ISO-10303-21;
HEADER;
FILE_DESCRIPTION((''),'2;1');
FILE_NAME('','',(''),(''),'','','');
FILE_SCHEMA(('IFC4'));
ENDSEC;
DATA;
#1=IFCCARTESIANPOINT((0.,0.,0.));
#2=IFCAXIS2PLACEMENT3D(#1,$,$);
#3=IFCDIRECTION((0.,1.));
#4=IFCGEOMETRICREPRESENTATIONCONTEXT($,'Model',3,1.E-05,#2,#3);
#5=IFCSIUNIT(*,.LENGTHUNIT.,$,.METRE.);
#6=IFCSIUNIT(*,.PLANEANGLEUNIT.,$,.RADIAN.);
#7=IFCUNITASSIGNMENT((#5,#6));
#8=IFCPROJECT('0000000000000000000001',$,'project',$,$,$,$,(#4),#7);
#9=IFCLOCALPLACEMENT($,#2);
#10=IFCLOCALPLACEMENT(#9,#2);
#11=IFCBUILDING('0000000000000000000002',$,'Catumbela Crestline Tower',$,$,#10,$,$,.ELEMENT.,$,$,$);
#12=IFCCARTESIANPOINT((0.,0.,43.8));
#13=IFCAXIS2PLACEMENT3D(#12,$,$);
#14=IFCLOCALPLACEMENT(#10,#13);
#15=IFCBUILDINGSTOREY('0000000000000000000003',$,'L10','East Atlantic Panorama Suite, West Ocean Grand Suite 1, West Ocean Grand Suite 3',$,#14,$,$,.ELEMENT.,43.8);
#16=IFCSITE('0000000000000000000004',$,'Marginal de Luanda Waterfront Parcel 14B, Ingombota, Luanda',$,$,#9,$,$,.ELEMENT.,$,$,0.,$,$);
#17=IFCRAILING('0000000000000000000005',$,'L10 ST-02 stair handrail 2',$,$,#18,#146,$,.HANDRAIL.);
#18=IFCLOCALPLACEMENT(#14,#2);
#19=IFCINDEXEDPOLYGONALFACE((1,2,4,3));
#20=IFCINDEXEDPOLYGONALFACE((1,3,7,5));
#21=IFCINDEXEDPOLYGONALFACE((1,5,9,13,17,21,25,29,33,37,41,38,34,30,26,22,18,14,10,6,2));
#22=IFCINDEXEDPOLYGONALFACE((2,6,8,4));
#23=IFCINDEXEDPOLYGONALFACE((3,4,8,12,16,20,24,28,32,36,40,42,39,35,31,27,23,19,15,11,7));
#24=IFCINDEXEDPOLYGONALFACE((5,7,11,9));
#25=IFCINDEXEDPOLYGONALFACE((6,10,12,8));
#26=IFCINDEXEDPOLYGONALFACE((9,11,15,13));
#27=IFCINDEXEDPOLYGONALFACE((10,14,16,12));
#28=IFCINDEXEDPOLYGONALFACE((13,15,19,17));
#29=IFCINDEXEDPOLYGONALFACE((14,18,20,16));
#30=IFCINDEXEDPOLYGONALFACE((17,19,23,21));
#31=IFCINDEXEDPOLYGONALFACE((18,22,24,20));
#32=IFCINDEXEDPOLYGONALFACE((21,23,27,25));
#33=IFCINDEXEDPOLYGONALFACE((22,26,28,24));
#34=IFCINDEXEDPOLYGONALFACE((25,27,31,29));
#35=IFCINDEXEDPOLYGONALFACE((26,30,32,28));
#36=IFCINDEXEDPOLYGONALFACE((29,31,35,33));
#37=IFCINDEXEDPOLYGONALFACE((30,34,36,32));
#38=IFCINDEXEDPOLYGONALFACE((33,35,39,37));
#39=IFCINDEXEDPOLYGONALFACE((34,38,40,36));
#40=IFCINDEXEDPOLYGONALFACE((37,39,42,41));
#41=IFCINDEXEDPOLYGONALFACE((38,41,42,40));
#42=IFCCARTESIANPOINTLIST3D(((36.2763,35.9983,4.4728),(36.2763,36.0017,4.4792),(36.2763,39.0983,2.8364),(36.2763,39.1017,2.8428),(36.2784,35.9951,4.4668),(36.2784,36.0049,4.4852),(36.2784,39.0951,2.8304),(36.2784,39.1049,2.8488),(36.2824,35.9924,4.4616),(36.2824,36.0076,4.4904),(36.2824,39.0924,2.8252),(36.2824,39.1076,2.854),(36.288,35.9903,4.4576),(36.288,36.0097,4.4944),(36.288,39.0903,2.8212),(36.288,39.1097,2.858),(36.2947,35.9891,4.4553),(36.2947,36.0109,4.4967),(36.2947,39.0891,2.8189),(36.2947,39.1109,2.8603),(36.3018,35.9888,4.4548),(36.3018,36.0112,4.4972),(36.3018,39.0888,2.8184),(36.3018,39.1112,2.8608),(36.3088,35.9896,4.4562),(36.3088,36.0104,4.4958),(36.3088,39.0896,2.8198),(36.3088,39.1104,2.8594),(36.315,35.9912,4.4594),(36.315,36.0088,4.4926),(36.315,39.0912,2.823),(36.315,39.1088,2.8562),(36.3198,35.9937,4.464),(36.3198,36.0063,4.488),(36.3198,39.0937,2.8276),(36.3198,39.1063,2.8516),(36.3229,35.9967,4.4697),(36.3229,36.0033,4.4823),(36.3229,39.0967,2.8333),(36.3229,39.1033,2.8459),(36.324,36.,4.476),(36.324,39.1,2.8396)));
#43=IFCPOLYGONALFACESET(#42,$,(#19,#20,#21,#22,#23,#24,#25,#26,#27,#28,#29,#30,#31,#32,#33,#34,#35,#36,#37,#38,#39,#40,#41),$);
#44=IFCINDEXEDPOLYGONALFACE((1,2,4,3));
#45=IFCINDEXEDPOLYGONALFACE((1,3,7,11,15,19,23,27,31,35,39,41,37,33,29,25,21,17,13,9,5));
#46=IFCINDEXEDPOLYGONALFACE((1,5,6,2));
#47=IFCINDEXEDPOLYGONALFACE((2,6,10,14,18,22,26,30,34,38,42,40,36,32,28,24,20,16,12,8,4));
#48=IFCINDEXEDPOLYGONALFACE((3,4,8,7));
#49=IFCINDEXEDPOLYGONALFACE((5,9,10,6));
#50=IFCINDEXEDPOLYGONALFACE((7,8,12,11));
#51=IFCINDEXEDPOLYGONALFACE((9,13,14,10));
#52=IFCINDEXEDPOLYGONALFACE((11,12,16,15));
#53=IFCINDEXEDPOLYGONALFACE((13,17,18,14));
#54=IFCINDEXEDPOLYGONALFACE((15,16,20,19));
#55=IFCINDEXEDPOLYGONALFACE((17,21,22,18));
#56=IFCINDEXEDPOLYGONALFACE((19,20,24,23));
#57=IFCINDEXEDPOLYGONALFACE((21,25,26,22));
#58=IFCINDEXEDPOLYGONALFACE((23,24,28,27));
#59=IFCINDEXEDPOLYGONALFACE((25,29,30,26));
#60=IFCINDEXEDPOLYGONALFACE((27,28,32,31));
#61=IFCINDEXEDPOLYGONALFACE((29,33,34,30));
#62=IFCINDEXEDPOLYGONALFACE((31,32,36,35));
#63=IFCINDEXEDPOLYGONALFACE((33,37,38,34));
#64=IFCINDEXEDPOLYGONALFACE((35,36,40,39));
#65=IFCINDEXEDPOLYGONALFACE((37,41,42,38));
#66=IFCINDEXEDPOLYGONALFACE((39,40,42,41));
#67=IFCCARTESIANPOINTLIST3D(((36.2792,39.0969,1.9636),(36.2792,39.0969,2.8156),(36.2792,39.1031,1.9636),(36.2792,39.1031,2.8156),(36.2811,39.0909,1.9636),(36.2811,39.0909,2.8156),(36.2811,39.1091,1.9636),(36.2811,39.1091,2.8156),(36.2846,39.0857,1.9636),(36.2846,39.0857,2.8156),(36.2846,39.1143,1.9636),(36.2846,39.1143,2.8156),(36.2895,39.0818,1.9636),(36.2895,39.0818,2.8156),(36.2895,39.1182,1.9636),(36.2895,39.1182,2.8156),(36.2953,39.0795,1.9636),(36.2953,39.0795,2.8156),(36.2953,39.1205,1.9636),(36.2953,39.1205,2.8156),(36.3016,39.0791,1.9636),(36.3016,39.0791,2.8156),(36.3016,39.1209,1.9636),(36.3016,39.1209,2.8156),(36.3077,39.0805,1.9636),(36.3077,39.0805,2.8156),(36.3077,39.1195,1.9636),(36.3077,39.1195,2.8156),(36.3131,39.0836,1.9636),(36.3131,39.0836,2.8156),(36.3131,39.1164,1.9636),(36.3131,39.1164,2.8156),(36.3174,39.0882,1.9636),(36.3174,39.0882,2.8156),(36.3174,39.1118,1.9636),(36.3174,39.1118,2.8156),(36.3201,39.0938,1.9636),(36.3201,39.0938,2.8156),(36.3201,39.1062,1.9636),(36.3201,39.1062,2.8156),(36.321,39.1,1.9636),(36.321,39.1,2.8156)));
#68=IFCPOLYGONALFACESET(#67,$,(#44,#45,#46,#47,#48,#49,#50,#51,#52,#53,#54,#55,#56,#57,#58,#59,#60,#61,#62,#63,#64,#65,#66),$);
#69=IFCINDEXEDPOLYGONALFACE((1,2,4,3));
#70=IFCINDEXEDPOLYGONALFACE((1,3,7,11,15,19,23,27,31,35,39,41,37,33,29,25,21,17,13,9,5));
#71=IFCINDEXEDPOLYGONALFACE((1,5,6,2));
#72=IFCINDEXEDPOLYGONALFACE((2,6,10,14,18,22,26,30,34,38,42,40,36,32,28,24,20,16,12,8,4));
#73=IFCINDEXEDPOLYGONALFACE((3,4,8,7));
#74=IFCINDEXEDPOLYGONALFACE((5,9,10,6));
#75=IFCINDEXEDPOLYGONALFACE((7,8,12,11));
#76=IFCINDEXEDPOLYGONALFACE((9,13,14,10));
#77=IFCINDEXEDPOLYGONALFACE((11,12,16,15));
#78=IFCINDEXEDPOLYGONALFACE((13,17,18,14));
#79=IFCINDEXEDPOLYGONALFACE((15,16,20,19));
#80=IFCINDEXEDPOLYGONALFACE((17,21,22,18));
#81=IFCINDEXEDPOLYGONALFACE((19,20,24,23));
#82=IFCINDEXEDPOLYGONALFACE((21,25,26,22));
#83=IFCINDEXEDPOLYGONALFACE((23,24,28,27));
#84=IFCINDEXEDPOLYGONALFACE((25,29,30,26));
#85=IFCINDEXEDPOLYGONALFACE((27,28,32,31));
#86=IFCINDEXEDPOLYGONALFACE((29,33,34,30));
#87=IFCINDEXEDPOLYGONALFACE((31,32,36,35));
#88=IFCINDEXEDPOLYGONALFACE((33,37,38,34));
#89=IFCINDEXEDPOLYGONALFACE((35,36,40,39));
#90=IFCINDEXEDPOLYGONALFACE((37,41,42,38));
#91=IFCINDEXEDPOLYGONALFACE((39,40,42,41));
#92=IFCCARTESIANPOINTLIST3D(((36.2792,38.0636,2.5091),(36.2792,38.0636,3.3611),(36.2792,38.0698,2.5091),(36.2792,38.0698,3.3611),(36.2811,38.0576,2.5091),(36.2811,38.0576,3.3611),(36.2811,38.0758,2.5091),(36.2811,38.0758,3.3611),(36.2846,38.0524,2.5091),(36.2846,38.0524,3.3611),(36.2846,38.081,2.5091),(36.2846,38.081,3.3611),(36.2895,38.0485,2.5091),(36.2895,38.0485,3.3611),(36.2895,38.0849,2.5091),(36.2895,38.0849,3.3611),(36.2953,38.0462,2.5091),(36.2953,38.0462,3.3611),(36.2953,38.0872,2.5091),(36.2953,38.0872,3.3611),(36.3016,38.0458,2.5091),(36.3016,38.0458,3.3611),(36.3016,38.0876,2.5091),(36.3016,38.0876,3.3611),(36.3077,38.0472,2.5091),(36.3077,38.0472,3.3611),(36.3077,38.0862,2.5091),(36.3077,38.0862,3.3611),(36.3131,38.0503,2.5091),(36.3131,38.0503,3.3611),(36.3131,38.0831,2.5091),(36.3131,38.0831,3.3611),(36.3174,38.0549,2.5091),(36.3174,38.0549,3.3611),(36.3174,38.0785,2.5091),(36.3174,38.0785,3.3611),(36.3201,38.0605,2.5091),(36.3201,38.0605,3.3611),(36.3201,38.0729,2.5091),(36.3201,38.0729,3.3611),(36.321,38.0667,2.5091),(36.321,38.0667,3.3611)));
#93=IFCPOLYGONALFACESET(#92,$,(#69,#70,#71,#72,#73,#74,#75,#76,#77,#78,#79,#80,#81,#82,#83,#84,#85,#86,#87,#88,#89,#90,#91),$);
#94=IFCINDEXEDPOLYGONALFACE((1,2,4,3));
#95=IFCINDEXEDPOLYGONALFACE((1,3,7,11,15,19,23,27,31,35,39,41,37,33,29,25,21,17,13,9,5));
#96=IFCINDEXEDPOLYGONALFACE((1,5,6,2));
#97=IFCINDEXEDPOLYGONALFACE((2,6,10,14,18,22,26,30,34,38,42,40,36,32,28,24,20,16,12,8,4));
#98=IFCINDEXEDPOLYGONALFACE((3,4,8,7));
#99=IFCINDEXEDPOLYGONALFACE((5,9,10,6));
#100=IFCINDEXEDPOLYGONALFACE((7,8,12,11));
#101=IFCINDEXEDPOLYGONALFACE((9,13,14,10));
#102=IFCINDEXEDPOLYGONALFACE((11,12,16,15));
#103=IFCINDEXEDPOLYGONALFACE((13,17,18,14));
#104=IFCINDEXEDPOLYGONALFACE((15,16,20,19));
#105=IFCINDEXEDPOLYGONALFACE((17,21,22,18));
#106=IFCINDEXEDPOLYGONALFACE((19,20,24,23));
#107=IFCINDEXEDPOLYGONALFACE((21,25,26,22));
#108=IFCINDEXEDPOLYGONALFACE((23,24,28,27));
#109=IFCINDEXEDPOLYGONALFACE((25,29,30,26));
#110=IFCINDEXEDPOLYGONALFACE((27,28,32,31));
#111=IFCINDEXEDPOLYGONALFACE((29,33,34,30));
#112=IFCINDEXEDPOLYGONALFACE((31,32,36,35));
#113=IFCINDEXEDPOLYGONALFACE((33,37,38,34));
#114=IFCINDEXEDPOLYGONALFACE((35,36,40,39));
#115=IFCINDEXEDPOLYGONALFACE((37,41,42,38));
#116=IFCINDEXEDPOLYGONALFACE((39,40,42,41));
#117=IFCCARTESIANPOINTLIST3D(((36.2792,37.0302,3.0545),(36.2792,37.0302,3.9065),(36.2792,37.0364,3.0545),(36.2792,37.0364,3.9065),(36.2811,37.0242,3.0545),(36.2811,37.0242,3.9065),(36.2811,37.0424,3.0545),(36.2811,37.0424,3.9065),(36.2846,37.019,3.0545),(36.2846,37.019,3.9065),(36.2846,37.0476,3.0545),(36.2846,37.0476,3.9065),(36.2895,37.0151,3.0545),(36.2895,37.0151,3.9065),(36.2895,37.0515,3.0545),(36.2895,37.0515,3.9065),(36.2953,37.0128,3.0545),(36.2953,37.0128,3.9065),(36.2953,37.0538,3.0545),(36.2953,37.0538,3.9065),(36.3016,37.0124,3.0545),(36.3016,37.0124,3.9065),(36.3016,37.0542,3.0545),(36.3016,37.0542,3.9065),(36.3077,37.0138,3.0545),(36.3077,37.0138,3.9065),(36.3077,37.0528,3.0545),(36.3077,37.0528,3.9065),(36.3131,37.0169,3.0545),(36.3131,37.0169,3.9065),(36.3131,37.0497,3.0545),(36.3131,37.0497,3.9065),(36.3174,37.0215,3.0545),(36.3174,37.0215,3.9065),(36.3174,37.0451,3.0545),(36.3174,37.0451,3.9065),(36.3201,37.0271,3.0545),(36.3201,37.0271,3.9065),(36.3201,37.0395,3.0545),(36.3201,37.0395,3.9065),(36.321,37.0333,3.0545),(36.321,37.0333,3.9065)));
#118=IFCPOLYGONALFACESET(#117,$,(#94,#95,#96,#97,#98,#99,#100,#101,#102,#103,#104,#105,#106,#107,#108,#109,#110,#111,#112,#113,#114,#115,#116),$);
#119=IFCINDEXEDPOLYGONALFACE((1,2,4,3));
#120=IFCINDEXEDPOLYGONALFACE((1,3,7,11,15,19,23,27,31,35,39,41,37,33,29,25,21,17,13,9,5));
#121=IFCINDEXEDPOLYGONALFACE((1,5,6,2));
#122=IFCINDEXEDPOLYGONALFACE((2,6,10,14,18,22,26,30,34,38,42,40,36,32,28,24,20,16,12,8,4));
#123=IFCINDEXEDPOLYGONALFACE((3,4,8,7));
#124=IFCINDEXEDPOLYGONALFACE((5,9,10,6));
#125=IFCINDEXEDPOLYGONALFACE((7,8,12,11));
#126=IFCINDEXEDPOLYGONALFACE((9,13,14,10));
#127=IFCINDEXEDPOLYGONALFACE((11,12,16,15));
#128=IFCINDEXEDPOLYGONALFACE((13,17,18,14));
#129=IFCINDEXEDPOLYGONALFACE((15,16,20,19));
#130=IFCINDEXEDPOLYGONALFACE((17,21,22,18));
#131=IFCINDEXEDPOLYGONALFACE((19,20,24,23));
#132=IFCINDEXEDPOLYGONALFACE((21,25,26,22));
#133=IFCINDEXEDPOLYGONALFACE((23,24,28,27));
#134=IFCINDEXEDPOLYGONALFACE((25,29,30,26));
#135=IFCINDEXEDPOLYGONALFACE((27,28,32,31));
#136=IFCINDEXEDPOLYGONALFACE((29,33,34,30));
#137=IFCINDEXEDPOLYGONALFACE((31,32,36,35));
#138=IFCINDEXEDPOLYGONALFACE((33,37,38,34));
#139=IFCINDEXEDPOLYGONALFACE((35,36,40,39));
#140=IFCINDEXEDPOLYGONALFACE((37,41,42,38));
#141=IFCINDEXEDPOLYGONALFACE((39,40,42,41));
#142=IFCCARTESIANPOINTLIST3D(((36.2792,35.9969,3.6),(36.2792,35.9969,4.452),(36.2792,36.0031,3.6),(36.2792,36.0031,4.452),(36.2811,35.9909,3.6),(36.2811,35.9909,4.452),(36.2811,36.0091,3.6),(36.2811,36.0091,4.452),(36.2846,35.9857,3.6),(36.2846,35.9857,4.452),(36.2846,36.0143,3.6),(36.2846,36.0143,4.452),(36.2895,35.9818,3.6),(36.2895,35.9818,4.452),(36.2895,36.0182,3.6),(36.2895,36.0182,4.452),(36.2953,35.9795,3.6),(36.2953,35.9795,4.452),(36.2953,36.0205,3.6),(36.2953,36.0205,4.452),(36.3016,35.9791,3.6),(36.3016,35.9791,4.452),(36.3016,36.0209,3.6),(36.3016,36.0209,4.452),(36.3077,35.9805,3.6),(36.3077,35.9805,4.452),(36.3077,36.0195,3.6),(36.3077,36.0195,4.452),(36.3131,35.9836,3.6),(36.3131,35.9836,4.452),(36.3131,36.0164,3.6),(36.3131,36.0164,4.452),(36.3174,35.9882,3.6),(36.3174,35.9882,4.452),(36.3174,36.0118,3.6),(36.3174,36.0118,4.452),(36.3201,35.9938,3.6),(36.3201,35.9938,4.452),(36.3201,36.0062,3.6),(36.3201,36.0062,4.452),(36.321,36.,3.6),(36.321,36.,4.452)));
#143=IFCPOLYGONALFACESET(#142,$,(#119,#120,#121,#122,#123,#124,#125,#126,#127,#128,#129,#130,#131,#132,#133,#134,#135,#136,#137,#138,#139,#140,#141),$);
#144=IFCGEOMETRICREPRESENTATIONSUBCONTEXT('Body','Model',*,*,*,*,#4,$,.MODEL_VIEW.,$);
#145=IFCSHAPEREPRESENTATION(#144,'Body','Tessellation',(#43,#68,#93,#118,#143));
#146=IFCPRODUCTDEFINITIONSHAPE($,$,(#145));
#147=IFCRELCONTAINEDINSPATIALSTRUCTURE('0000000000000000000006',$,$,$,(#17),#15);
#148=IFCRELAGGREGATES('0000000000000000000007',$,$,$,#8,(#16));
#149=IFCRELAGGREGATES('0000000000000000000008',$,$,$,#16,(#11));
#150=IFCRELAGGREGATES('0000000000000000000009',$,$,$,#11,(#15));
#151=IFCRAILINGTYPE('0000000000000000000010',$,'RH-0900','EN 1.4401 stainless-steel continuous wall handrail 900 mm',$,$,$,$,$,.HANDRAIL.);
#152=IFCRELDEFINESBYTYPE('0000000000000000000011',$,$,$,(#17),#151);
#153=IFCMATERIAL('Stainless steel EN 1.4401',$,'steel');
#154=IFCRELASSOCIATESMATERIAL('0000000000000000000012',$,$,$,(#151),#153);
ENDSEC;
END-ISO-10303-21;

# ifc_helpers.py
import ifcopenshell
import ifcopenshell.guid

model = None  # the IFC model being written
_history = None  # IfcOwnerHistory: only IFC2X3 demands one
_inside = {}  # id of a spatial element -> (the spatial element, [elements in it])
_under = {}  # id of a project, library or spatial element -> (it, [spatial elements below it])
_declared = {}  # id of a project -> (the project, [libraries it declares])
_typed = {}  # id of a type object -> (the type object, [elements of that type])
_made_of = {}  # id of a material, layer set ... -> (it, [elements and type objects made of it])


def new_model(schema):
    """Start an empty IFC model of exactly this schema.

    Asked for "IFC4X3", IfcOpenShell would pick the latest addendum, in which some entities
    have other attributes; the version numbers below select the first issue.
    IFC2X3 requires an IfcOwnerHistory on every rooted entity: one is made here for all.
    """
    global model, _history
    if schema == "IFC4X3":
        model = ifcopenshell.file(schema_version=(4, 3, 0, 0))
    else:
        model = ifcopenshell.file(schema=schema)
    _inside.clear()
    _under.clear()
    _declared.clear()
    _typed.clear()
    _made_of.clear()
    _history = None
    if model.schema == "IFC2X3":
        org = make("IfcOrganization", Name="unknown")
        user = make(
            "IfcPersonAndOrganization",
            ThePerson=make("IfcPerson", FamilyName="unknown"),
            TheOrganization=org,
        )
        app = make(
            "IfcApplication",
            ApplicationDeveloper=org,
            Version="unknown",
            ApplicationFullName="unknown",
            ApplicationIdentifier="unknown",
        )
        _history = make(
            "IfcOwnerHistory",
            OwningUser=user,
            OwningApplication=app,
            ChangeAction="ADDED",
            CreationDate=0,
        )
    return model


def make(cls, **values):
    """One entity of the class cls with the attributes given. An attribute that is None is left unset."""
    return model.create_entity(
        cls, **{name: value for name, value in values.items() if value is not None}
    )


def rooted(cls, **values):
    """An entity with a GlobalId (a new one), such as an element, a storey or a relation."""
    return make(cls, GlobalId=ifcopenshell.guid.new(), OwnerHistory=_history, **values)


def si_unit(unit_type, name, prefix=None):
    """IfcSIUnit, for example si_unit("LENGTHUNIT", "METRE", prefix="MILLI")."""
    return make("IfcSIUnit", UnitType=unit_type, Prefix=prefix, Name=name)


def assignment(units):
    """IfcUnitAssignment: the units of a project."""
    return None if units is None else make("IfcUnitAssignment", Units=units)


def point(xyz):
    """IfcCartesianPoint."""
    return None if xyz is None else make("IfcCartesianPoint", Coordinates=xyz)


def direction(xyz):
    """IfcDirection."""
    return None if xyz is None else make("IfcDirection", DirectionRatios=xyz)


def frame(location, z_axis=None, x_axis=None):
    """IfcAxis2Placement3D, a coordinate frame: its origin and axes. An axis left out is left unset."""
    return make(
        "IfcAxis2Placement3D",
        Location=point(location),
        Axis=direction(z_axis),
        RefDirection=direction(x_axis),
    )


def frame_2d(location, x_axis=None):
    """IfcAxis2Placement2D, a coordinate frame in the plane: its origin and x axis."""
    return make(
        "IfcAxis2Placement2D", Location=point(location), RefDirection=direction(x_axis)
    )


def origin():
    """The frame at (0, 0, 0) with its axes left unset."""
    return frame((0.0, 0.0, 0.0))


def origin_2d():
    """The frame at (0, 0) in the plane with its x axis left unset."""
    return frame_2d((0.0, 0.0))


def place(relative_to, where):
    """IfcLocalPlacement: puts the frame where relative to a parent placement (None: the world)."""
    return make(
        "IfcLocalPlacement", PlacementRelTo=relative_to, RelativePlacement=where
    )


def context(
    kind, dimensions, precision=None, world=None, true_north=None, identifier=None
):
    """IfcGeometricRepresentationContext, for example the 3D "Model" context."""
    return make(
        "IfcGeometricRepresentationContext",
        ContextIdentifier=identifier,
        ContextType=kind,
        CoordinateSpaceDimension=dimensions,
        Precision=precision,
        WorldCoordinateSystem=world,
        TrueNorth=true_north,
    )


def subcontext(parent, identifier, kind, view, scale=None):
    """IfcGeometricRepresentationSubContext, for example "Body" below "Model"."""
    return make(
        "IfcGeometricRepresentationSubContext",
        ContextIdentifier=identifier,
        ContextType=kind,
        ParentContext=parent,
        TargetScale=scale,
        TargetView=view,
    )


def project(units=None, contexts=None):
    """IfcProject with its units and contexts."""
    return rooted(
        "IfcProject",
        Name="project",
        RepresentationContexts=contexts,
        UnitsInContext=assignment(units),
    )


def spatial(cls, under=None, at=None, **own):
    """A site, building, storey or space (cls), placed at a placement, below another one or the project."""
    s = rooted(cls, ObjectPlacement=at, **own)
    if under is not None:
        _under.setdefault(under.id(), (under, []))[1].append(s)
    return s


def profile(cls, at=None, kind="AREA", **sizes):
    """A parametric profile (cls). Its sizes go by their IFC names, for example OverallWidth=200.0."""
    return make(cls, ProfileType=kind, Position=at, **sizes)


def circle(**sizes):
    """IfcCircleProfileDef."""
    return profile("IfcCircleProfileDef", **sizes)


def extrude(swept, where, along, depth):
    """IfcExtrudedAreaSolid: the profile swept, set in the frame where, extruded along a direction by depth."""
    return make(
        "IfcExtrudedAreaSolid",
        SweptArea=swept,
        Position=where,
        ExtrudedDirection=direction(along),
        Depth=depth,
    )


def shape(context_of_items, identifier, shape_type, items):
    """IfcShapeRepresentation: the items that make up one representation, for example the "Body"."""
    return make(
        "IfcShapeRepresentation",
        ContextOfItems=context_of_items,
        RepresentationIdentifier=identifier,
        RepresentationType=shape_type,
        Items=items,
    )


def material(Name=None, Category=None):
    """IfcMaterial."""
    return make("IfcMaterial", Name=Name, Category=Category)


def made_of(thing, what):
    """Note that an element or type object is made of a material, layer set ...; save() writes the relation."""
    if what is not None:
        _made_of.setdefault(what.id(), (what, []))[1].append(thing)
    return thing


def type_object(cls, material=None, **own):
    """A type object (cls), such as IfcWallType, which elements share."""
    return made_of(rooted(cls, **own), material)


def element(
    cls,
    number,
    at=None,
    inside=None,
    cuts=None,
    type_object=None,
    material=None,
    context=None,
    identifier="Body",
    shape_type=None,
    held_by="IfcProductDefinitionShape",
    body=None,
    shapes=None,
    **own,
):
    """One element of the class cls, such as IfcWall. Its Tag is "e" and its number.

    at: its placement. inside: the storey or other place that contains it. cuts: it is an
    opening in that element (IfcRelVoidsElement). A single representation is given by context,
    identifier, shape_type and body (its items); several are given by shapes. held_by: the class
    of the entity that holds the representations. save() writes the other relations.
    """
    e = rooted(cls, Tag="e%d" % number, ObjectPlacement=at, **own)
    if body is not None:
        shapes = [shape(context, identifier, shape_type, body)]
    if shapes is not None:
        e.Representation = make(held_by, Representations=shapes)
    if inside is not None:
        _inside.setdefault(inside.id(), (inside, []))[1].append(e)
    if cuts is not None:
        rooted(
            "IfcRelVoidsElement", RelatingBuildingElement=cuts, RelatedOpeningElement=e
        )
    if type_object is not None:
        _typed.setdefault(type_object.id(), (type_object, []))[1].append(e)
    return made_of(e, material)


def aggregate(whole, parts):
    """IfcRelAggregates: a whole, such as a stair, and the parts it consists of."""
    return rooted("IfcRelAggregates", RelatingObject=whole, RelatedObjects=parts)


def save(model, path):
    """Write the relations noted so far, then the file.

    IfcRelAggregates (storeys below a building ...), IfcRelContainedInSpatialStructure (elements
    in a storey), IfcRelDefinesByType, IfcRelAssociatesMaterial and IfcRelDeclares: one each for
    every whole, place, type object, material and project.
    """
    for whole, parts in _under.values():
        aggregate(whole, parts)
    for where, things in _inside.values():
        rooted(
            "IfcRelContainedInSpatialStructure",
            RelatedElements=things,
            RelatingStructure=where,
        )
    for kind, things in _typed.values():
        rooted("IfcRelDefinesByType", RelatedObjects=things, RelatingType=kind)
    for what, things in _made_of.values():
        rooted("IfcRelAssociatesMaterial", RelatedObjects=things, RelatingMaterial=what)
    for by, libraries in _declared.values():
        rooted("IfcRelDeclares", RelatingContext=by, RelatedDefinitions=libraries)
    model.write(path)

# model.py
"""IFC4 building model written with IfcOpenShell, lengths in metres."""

from ifc_helpers import new_model, si_unit, direction, frame, origin, origin_2d, place, context, subcontext, project, spatial, circle, extrude, material, type_object, element, save


model = new_model("IFC4")

# Units and contexts
model_context = context("Model", 3, precision=1e-05, world=origin(), true_north=direction((0.0, 1.0)))
body_context = subcontext(model_context, "Body", "Model", "MODEL_VIEW")
ifc_project = project(units=[si_unit("LENGTHUNIT", "METRE"), si_unit("PLANEANGLEUNIT", "RADIAN")], contexts=[model_context])

# Site, building, storey
site_placement = place(None, origin())
site = spatial("IfcSite", under=ifc_project, at=site_placement, Name="Marginal de Luanda Waterfront Parcel 14B, Ingombota, Luanda", CompositionType="ELEMENT", RefElevation=0.0)
building_placement = place(site_placement, origin())
building = spatial("IfcBuilding", under=site, at=building_placement, Name="Catumbela Crestline Tower", CompositionType="ELEMENT")
storey_placement = place(building_placement, frame((0.0, 0.0, 43.8)))
storey = spatial("IfcBuildingStorey", under=building, at=storey_placement, Name="L10", Description="East Atlantic Panorama Suite, West Ocean Grand Suite 1, West Ocean Grand Suite 3", CompositionType="ELEMENT", Elevation=43.8)

# Shared definitions
ifc_material_1 = material(Name="Stainless steel EN 1.4401", Category="steel")

# Railing
railing_type_1 = type_object("IfcRailingType", Name="RH-0900", Description="EN 1.4401 stainless-steel continuous wall handrail 900 mm", PredefinedType="HANDRAIL", material=ifc_material_1)
railing_1_placement = place(storey_placement, frame((36.3, 39.1, 1.9636)))
element("IfcRailing", 1, at=railing_1_placement, inside=storey, type_object=railing_type_1, Name="L10 ST-02 stair handrail 2", PredefinedType="HANDRAIL", context=body_context, shape_type="SweptSolid", body=[
    extrude(circle(Radius=0.024, at=origin_2d()), frame((0.0, 0.0, 0.876), z_axis=(0.0, -0.884351, 0.466823), x_axis=(1.0, 0.0, 0.0)), (0.0, 0.0, 1.0), 3.5054),
    extrude(circle(Radius=0.021, at=origin_2d()), origin(), (0.0, 0.0, 1.0), 0.852),
    extrude(circle(Radius=0.021, at=origin_2d()), frame((0.0, -1.0333, 0.5455)), (0.0, 0.0, 1.0), 0.852),
    extrude(circle(Radius=0.021, at=origin_2d()), frame((0.0, -2.0667, 1.0909)), (0.0, 0.0, 1.0), 0.852),
    extrude(circle(Radius=0.021, at=origin_2d()), frame((0.0, -3.1, 1.6364)), (0.0, 0.0, 1.0), 0.852),
])

save(model, "model.ifc")
